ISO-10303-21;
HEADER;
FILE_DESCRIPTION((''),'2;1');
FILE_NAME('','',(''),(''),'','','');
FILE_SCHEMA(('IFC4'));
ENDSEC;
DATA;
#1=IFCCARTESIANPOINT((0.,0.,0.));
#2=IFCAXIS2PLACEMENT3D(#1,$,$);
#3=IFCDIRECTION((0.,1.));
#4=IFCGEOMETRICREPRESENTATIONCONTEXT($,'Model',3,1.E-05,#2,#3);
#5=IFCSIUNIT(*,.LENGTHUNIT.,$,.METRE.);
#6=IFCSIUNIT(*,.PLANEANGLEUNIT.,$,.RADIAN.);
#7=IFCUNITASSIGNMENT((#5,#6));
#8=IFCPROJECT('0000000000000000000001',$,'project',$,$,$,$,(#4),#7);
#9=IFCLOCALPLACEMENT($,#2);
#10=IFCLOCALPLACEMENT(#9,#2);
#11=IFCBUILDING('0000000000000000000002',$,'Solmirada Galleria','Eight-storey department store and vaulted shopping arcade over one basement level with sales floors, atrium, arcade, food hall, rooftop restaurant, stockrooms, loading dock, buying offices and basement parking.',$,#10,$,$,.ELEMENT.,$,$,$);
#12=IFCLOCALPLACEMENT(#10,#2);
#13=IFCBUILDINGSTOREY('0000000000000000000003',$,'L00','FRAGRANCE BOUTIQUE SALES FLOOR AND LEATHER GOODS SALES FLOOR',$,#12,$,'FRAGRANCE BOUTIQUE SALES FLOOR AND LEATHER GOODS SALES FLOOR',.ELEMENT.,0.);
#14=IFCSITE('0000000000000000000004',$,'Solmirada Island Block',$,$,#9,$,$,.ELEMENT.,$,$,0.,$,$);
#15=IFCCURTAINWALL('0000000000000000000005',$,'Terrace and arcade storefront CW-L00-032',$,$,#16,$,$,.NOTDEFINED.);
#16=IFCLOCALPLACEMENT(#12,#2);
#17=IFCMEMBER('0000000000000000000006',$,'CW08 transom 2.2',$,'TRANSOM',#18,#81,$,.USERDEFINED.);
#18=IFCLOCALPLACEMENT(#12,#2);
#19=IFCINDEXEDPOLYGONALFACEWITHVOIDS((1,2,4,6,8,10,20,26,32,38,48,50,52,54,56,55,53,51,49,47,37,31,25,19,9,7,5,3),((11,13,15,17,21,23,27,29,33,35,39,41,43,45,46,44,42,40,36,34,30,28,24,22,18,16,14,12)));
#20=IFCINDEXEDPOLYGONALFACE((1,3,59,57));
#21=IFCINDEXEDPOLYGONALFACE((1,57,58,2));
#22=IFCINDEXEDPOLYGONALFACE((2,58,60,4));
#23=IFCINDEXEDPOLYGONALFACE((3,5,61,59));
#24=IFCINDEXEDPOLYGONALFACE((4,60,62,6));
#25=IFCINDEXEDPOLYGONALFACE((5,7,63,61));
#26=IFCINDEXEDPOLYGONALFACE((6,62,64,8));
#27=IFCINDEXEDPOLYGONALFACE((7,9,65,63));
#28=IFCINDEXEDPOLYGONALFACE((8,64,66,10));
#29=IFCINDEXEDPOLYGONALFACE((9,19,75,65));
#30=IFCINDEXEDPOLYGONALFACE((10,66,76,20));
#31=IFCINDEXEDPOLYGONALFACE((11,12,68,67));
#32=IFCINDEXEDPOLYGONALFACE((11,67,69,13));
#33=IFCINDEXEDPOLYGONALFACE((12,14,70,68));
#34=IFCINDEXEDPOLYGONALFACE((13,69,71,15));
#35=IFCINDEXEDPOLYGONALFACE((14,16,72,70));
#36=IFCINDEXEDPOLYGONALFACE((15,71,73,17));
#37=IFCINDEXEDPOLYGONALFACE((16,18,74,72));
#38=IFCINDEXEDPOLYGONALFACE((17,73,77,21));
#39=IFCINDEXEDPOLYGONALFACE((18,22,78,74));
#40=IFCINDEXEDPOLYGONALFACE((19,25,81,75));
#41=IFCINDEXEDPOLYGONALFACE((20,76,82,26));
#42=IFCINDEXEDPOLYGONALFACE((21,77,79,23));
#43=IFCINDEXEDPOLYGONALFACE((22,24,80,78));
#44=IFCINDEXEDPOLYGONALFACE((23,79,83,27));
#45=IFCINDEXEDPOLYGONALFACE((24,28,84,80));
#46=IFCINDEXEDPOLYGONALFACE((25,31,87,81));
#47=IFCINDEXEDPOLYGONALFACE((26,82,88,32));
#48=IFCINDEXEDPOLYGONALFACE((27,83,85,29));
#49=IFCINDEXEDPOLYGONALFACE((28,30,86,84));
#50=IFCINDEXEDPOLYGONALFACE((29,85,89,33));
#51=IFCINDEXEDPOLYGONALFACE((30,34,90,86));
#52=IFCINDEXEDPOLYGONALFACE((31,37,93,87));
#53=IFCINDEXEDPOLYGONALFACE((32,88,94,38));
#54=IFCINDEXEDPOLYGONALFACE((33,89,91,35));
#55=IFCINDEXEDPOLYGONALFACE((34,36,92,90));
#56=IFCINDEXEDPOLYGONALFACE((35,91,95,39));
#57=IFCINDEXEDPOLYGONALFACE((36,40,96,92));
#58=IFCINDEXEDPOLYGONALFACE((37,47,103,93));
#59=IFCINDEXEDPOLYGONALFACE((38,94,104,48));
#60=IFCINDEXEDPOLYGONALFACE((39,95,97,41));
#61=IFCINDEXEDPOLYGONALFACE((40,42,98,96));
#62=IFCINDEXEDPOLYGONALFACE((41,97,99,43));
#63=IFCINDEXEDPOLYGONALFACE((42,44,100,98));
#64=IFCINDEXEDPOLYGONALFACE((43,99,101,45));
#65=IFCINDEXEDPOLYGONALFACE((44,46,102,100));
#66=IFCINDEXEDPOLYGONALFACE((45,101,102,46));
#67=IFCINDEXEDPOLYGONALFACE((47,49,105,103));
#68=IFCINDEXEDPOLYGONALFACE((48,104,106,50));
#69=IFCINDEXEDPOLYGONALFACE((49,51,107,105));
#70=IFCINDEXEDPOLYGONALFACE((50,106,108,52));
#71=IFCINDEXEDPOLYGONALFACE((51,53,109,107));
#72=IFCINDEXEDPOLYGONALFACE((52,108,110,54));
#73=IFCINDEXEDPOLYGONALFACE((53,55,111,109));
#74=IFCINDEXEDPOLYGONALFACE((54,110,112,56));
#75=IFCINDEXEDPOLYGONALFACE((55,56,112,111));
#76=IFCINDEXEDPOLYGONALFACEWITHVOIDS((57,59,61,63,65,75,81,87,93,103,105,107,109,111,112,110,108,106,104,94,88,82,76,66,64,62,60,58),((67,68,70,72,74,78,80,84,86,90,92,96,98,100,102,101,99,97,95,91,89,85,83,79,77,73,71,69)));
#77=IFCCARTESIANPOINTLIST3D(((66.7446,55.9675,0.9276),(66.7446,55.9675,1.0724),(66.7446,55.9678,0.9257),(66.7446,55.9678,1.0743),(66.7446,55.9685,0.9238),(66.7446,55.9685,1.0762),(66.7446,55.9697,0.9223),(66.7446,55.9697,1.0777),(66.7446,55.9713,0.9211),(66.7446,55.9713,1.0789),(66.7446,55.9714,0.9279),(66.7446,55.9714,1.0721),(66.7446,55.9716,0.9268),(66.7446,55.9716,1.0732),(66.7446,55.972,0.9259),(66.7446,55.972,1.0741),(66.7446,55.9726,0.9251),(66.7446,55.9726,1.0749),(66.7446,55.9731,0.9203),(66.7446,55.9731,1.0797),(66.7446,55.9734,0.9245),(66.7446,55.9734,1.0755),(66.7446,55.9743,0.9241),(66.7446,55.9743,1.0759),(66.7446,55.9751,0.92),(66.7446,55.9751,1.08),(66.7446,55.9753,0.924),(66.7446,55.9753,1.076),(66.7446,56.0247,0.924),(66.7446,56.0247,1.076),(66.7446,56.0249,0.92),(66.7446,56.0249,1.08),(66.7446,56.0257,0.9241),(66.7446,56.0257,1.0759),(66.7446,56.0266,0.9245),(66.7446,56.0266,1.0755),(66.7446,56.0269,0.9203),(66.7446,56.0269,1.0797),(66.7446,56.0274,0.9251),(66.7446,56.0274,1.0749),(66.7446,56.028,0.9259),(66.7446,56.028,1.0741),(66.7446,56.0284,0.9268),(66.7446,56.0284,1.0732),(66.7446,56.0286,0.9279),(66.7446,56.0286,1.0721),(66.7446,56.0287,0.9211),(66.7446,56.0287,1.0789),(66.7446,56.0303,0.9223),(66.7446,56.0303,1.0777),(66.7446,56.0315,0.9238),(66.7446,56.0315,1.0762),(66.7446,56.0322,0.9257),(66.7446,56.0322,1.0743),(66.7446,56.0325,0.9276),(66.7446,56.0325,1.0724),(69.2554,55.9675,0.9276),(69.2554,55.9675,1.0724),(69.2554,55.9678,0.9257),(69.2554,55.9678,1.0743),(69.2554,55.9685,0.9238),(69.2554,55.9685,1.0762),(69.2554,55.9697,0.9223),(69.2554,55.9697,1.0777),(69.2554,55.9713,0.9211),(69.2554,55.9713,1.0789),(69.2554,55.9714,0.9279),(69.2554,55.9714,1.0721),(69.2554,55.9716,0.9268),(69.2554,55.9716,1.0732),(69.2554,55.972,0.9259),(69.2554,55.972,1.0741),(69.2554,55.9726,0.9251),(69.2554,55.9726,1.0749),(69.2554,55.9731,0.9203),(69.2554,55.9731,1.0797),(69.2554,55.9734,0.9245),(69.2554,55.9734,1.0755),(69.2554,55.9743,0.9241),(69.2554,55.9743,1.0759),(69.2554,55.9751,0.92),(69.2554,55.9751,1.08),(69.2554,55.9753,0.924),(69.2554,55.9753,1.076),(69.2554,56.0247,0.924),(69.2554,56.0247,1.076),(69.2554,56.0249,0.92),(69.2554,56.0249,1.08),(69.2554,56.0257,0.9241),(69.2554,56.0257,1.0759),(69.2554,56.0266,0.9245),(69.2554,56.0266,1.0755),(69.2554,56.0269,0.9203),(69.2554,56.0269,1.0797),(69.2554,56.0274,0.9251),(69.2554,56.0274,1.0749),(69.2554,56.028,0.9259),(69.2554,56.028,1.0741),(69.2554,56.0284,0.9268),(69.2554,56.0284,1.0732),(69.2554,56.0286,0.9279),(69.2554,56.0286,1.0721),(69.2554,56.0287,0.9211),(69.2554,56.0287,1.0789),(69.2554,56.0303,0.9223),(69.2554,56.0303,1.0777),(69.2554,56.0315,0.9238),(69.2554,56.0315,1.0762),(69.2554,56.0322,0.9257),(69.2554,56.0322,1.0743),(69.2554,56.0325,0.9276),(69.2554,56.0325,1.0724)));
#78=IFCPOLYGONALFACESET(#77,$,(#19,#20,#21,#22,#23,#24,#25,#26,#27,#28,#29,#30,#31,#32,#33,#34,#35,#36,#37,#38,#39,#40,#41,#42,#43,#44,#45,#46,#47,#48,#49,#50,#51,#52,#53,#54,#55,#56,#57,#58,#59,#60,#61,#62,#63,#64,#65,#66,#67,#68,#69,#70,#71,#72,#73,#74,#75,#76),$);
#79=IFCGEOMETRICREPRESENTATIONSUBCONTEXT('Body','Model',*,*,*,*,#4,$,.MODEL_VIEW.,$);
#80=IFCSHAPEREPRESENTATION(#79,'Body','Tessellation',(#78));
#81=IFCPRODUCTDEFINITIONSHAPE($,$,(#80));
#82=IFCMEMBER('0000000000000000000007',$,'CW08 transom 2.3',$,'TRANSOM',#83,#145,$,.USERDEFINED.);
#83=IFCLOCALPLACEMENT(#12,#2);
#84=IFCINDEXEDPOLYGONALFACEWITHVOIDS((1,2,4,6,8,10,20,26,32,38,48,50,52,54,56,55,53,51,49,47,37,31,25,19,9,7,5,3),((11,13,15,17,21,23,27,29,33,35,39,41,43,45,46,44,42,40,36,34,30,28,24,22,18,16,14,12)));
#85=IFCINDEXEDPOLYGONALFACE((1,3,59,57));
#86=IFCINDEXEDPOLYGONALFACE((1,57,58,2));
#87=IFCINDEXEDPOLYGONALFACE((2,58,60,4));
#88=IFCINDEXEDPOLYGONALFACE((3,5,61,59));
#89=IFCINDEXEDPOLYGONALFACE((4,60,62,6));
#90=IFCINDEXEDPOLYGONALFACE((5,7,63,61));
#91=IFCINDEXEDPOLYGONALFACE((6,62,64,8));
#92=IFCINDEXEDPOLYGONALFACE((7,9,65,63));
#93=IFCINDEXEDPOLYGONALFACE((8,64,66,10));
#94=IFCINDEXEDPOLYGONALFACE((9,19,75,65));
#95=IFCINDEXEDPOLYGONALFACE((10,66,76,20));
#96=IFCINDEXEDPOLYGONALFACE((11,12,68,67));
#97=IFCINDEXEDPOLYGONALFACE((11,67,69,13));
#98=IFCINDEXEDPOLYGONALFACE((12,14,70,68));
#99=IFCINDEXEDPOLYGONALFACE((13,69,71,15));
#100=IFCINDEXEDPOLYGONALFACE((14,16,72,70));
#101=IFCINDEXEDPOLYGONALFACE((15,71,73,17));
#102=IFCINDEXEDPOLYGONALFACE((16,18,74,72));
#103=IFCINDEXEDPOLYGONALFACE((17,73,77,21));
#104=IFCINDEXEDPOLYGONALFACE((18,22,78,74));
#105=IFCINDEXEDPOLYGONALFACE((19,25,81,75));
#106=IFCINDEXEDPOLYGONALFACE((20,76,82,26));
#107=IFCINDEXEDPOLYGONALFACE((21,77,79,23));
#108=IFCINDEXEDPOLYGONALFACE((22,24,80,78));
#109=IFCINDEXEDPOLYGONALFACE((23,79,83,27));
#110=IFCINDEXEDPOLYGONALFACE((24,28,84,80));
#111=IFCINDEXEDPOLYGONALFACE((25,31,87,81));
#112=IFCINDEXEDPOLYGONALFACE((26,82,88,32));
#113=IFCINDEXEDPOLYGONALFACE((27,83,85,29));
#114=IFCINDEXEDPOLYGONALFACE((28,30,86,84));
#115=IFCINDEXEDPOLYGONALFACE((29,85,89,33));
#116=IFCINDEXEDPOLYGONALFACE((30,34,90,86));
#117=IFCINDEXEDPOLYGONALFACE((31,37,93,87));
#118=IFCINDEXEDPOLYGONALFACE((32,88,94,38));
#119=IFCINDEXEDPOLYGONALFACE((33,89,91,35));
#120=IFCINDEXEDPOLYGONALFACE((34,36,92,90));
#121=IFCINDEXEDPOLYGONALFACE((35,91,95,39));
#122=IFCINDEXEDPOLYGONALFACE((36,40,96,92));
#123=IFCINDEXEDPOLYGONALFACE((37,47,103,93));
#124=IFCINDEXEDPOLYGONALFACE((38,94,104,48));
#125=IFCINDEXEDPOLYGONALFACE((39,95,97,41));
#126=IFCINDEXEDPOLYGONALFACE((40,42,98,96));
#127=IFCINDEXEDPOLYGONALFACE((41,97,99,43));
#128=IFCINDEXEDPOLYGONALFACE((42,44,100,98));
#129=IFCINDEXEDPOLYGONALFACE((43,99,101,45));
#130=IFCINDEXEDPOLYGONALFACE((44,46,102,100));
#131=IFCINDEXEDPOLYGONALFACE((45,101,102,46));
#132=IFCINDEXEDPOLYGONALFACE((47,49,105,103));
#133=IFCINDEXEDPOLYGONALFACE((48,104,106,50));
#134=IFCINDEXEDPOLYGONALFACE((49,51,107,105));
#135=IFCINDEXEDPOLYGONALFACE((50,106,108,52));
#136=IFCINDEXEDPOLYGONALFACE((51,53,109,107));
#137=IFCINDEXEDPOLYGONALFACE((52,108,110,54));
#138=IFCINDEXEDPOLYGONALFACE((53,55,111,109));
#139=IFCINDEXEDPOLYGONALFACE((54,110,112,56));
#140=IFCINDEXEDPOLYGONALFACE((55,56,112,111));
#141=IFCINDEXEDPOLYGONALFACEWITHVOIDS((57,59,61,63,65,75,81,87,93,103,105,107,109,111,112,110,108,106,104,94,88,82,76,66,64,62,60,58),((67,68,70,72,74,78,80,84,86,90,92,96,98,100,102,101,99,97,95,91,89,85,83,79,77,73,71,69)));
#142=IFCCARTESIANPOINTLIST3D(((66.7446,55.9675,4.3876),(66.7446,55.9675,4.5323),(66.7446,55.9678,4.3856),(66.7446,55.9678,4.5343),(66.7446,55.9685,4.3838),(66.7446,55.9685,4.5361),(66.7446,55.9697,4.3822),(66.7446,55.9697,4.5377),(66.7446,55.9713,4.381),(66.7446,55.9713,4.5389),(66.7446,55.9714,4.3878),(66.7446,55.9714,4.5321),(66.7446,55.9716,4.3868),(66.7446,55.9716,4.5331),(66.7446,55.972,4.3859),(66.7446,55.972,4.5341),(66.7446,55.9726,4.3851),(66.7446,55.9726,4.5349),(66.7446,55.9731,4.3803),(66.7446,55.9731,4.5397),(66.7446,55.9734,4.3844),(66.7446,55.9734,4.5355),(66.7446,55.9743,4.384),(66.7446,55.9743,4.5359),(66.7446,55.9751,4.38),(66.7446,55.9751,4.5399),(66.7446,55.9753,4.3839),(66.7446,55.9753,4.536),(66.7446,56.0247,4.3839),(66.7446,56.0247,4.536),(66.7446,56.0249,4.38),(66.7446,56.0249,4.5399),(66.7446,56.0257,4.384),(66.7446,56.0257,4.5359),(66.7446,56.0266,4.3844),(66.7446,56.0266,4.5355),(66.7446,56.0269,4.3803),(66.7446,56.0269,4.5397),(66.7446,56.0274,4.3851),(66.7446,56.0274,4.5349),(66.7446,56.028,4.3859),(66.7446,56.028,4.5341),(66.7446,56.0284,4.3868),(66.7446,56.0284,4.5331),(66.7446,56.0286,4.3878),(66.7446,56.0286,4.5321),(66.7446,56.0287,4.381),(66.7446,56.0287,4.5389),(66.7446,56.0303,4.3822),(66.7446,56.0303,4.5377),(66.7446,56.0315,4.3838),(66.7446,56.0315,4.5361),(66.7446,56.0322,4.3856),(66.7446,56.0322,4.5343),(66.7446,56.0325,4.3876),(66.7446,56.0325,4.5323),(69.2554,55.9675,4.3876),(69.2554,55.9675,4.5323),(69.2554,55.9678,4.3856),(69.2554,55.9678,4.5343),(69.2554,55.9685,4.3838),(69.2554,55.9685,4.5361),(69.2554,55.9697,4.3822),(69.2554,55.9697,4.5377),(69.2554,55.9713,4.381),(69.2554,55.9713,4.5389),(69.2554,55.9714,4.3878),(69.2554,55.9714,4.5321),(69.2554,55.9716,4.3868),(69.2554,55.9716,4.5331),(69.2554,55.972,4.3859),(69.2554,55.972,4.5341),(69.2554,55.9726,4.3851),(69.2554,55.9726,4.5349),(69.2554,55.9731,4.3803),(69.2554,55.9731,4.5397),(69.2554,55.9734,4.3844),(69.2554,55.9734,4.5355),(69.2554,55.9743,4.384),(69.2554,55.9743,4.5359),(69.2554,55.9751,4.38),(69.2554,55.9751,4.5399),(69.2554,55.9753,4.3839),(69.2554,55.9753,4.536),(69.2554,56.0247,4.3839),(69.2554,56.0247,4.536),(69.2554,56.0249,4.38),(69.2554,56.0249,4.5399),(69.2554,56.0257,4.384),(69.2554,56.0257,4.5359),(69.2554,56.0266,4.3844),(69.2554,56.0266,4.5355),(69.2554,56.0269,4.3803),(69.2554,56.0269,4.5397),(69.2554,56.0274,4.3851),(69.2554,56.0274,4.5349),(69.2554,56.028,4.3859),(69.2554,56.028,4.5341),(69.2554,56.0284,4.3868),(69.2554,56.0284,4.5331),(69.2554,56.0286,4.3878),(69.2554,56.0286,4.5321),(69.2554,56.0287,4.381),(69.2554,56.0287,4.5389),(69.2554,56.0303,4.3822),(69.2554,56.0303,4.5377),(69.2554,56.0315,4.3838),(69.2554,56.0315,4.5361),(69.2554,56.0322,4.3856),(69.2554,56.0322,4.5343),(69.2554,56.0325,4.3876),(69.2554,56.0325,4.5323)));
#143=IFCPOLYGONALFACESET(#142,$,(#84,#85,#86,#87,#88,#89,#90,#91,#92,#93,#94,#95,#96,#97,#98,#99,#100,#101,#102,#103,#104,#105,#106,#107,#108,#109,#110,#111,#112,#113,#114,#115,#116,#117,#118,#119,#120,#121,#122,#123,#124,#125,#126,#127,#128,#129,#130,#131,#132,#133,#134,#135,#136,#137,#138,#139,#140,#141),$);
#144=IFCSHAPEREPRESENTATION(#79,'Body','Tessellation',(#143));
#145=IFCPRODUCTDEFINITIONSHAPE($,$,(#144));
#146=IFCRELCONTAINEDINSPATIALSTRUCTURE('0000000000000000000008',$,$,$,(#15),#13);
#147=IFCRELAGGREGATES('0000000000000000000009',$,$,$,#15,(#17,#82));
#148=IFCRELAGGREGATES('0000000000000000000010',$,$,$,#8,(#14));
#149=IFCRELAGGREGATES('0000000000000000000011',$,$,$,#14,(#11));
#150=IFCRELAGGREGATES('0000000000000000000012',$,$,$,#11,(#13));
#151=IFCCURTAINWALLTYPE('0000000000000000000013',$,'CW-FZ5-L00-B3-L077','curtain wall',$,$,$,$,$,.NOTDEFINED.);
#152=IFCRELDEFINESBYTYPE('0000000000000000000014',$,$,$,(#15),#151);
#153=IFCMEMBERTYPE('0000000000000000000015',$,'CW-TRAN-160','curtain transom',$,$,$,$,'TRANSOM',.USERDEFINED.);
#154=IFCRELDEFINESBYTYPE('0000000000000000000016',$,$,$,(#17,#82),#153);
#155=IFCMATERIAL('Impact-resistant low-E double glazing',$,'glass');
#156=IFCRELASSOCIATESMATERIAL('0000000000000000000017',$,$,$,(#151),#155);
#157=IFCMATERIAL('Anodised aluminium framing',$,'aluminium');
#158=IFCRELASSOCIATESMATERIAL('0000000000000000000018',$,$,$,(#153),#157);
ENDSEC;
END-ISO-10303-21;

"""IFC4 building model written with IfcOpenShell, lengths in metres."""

from ifc_helpers import new_model, si_unit, direction, frame, origin, origin_2d, place, context, subcontext, project, spatial, hollow_rectangle, extrude, material, material_profile, profile_set, type_object, element, aggregate, save


model = new_model("IFC4")

# Units and contexts
model_context = context("Model", 3, precision=1e-05, world=origin(), true_north=direction((0.0, 1.0)))
body_context = subcontext(model_context, "Body", "Model", "MODEL_VIEW")
ifc_project = project(units=[si_unit("LENGTHUNIT", "METRE"), si_unit("PLANEANGLEUNIT", "RADIAN")], contexts=[model_context])

# Site, building, storey
site_placement = place(None, origin())
site = spatial("IfcSite", under=ifc_project, at=site_placement, Name="Solmirada Island Block", CompositionType="ELEMENT", RefElevation=0.0)
building_placement = place(site_placement, origin())
building = spatial("IfcBuilding", under=site, at=building_placement, Name="Solmirada Galleria", Description="Eight-storey department store and vaulted shopping arcade over one basement level with sales floors, atrium, arcade, food hall, rooftop restaurant, stockrooms, loading dock, buying offices and basement parking.", CompositionType="ELEMENT")
storey_placement = place(building_placement, origin())
storey = spatial("IfcBuildingStorey", under=building, at=storey_placement, Name="L00", Description="FRAGRANCE BOUTIQUE SALES FLOOR AND LEATHER GOODS SALES FLOOR", LongName="FRAGRANCE BOUTIQUE SALES FLOOR AND LEATHER GOODS SALES FLOOR", CompositionType="ELEMENT", Elevation=0.0)

# Curtain wall
ifc_material_1 = material(Name="Impact-resistant low-E double glazing", Category="glass")
curtain_wall_type = type_object("IfcCurtainWallType", Name="CW-FZ5-L00-B3-L077", Description="curtain wall", PredefinedType="NOTDEFINED", material=ifc_material_1)
ifc_material_2 = material(Name="Anodised aluminium framing", Category="aluminium")
curtain_wall_1_placement = place(storey_placement, origin())
curtain_wall_1 = element("IfcCurtainWall", 1, at=curtain_wall_1_placement, inside=storey, type_object=curtain_wall_type, Name="Terrace and arcade storefront CW-L00-032", PredefinedType="NOTDEFINED")

# Members
ifc_material_profile_1 = material_profile(ifc_material_2, hollow_rectangle(XDim=0.0649, YDim=0.1599, WallThickness=0.0039, InnerFilletRadius=0.0039, OuterFilletRadius=0.0076, at=origin_2d()), Name="ALU-TRAN-160X65")
ifc_profile_set_1 = profile_set([ifc_material_profile_1], Name="Anodised aluminium framing")
member_type_1 = type_object("IfcMemberType", Name="CW-TRAN-160", Description="curtain transom", ElementType="TRANSOM", PredefinedType="USERDEFINED", material=ifc_profile_set_1)
member_1_placement = place(storey_placement, frame((69.2554, 56.0, 1.0), z_axis=(-1.0, 0.0, 0.0), x_axis=(0.0, -1.0, 0.0)))
member_1 = element("IfcMember", 2, at=member_1_placement, type_object=member_type_1, Name="CW08 transom 2.2", ObjectType="TRANSOM", PredefinedType="USERDEFINED", context=body_context, shape_type="SweptSolid", body=[
    extrude(hollow_rectangle(XDim=0.0649, YDim=0.1599, WallThickness=0.0039, InnerFilletRadius=0.0039, OuterFilletRadius=0.0076, at=origin_2d()), origin(), (0.0, 0.0, 1.0), 2.5107),
])
member_2_placement = place(storey_placement, frame((69.2554, 56.0, 4.46), z_axis=(-1.0, 0.0, 0.0), x_axis=(0.0, -1.0, 0.0)))
member_2 = element("IfcMember", 3, at=member_2_placement, type_object=member_type_1, Name="CW08 transom 2.3", ObjectType="TRANSOM", PredefinedType="USERDEFINED", context=body_context, shape_type="SweptSolid", body=[
    extrude(hollow_rectangle(XDim=0.0649, YDim=0.1599, WallThickness=0.0039, InnerFilletRadius=0.0039, OuterFilletRadius=0.0076, at=origin_2d()), origin(), (0.0, 0.0, 1.0), 2.5107),
])

aggregate(curtain_wall_1, [member_1, member_2])

save(model, "model.ifc")
